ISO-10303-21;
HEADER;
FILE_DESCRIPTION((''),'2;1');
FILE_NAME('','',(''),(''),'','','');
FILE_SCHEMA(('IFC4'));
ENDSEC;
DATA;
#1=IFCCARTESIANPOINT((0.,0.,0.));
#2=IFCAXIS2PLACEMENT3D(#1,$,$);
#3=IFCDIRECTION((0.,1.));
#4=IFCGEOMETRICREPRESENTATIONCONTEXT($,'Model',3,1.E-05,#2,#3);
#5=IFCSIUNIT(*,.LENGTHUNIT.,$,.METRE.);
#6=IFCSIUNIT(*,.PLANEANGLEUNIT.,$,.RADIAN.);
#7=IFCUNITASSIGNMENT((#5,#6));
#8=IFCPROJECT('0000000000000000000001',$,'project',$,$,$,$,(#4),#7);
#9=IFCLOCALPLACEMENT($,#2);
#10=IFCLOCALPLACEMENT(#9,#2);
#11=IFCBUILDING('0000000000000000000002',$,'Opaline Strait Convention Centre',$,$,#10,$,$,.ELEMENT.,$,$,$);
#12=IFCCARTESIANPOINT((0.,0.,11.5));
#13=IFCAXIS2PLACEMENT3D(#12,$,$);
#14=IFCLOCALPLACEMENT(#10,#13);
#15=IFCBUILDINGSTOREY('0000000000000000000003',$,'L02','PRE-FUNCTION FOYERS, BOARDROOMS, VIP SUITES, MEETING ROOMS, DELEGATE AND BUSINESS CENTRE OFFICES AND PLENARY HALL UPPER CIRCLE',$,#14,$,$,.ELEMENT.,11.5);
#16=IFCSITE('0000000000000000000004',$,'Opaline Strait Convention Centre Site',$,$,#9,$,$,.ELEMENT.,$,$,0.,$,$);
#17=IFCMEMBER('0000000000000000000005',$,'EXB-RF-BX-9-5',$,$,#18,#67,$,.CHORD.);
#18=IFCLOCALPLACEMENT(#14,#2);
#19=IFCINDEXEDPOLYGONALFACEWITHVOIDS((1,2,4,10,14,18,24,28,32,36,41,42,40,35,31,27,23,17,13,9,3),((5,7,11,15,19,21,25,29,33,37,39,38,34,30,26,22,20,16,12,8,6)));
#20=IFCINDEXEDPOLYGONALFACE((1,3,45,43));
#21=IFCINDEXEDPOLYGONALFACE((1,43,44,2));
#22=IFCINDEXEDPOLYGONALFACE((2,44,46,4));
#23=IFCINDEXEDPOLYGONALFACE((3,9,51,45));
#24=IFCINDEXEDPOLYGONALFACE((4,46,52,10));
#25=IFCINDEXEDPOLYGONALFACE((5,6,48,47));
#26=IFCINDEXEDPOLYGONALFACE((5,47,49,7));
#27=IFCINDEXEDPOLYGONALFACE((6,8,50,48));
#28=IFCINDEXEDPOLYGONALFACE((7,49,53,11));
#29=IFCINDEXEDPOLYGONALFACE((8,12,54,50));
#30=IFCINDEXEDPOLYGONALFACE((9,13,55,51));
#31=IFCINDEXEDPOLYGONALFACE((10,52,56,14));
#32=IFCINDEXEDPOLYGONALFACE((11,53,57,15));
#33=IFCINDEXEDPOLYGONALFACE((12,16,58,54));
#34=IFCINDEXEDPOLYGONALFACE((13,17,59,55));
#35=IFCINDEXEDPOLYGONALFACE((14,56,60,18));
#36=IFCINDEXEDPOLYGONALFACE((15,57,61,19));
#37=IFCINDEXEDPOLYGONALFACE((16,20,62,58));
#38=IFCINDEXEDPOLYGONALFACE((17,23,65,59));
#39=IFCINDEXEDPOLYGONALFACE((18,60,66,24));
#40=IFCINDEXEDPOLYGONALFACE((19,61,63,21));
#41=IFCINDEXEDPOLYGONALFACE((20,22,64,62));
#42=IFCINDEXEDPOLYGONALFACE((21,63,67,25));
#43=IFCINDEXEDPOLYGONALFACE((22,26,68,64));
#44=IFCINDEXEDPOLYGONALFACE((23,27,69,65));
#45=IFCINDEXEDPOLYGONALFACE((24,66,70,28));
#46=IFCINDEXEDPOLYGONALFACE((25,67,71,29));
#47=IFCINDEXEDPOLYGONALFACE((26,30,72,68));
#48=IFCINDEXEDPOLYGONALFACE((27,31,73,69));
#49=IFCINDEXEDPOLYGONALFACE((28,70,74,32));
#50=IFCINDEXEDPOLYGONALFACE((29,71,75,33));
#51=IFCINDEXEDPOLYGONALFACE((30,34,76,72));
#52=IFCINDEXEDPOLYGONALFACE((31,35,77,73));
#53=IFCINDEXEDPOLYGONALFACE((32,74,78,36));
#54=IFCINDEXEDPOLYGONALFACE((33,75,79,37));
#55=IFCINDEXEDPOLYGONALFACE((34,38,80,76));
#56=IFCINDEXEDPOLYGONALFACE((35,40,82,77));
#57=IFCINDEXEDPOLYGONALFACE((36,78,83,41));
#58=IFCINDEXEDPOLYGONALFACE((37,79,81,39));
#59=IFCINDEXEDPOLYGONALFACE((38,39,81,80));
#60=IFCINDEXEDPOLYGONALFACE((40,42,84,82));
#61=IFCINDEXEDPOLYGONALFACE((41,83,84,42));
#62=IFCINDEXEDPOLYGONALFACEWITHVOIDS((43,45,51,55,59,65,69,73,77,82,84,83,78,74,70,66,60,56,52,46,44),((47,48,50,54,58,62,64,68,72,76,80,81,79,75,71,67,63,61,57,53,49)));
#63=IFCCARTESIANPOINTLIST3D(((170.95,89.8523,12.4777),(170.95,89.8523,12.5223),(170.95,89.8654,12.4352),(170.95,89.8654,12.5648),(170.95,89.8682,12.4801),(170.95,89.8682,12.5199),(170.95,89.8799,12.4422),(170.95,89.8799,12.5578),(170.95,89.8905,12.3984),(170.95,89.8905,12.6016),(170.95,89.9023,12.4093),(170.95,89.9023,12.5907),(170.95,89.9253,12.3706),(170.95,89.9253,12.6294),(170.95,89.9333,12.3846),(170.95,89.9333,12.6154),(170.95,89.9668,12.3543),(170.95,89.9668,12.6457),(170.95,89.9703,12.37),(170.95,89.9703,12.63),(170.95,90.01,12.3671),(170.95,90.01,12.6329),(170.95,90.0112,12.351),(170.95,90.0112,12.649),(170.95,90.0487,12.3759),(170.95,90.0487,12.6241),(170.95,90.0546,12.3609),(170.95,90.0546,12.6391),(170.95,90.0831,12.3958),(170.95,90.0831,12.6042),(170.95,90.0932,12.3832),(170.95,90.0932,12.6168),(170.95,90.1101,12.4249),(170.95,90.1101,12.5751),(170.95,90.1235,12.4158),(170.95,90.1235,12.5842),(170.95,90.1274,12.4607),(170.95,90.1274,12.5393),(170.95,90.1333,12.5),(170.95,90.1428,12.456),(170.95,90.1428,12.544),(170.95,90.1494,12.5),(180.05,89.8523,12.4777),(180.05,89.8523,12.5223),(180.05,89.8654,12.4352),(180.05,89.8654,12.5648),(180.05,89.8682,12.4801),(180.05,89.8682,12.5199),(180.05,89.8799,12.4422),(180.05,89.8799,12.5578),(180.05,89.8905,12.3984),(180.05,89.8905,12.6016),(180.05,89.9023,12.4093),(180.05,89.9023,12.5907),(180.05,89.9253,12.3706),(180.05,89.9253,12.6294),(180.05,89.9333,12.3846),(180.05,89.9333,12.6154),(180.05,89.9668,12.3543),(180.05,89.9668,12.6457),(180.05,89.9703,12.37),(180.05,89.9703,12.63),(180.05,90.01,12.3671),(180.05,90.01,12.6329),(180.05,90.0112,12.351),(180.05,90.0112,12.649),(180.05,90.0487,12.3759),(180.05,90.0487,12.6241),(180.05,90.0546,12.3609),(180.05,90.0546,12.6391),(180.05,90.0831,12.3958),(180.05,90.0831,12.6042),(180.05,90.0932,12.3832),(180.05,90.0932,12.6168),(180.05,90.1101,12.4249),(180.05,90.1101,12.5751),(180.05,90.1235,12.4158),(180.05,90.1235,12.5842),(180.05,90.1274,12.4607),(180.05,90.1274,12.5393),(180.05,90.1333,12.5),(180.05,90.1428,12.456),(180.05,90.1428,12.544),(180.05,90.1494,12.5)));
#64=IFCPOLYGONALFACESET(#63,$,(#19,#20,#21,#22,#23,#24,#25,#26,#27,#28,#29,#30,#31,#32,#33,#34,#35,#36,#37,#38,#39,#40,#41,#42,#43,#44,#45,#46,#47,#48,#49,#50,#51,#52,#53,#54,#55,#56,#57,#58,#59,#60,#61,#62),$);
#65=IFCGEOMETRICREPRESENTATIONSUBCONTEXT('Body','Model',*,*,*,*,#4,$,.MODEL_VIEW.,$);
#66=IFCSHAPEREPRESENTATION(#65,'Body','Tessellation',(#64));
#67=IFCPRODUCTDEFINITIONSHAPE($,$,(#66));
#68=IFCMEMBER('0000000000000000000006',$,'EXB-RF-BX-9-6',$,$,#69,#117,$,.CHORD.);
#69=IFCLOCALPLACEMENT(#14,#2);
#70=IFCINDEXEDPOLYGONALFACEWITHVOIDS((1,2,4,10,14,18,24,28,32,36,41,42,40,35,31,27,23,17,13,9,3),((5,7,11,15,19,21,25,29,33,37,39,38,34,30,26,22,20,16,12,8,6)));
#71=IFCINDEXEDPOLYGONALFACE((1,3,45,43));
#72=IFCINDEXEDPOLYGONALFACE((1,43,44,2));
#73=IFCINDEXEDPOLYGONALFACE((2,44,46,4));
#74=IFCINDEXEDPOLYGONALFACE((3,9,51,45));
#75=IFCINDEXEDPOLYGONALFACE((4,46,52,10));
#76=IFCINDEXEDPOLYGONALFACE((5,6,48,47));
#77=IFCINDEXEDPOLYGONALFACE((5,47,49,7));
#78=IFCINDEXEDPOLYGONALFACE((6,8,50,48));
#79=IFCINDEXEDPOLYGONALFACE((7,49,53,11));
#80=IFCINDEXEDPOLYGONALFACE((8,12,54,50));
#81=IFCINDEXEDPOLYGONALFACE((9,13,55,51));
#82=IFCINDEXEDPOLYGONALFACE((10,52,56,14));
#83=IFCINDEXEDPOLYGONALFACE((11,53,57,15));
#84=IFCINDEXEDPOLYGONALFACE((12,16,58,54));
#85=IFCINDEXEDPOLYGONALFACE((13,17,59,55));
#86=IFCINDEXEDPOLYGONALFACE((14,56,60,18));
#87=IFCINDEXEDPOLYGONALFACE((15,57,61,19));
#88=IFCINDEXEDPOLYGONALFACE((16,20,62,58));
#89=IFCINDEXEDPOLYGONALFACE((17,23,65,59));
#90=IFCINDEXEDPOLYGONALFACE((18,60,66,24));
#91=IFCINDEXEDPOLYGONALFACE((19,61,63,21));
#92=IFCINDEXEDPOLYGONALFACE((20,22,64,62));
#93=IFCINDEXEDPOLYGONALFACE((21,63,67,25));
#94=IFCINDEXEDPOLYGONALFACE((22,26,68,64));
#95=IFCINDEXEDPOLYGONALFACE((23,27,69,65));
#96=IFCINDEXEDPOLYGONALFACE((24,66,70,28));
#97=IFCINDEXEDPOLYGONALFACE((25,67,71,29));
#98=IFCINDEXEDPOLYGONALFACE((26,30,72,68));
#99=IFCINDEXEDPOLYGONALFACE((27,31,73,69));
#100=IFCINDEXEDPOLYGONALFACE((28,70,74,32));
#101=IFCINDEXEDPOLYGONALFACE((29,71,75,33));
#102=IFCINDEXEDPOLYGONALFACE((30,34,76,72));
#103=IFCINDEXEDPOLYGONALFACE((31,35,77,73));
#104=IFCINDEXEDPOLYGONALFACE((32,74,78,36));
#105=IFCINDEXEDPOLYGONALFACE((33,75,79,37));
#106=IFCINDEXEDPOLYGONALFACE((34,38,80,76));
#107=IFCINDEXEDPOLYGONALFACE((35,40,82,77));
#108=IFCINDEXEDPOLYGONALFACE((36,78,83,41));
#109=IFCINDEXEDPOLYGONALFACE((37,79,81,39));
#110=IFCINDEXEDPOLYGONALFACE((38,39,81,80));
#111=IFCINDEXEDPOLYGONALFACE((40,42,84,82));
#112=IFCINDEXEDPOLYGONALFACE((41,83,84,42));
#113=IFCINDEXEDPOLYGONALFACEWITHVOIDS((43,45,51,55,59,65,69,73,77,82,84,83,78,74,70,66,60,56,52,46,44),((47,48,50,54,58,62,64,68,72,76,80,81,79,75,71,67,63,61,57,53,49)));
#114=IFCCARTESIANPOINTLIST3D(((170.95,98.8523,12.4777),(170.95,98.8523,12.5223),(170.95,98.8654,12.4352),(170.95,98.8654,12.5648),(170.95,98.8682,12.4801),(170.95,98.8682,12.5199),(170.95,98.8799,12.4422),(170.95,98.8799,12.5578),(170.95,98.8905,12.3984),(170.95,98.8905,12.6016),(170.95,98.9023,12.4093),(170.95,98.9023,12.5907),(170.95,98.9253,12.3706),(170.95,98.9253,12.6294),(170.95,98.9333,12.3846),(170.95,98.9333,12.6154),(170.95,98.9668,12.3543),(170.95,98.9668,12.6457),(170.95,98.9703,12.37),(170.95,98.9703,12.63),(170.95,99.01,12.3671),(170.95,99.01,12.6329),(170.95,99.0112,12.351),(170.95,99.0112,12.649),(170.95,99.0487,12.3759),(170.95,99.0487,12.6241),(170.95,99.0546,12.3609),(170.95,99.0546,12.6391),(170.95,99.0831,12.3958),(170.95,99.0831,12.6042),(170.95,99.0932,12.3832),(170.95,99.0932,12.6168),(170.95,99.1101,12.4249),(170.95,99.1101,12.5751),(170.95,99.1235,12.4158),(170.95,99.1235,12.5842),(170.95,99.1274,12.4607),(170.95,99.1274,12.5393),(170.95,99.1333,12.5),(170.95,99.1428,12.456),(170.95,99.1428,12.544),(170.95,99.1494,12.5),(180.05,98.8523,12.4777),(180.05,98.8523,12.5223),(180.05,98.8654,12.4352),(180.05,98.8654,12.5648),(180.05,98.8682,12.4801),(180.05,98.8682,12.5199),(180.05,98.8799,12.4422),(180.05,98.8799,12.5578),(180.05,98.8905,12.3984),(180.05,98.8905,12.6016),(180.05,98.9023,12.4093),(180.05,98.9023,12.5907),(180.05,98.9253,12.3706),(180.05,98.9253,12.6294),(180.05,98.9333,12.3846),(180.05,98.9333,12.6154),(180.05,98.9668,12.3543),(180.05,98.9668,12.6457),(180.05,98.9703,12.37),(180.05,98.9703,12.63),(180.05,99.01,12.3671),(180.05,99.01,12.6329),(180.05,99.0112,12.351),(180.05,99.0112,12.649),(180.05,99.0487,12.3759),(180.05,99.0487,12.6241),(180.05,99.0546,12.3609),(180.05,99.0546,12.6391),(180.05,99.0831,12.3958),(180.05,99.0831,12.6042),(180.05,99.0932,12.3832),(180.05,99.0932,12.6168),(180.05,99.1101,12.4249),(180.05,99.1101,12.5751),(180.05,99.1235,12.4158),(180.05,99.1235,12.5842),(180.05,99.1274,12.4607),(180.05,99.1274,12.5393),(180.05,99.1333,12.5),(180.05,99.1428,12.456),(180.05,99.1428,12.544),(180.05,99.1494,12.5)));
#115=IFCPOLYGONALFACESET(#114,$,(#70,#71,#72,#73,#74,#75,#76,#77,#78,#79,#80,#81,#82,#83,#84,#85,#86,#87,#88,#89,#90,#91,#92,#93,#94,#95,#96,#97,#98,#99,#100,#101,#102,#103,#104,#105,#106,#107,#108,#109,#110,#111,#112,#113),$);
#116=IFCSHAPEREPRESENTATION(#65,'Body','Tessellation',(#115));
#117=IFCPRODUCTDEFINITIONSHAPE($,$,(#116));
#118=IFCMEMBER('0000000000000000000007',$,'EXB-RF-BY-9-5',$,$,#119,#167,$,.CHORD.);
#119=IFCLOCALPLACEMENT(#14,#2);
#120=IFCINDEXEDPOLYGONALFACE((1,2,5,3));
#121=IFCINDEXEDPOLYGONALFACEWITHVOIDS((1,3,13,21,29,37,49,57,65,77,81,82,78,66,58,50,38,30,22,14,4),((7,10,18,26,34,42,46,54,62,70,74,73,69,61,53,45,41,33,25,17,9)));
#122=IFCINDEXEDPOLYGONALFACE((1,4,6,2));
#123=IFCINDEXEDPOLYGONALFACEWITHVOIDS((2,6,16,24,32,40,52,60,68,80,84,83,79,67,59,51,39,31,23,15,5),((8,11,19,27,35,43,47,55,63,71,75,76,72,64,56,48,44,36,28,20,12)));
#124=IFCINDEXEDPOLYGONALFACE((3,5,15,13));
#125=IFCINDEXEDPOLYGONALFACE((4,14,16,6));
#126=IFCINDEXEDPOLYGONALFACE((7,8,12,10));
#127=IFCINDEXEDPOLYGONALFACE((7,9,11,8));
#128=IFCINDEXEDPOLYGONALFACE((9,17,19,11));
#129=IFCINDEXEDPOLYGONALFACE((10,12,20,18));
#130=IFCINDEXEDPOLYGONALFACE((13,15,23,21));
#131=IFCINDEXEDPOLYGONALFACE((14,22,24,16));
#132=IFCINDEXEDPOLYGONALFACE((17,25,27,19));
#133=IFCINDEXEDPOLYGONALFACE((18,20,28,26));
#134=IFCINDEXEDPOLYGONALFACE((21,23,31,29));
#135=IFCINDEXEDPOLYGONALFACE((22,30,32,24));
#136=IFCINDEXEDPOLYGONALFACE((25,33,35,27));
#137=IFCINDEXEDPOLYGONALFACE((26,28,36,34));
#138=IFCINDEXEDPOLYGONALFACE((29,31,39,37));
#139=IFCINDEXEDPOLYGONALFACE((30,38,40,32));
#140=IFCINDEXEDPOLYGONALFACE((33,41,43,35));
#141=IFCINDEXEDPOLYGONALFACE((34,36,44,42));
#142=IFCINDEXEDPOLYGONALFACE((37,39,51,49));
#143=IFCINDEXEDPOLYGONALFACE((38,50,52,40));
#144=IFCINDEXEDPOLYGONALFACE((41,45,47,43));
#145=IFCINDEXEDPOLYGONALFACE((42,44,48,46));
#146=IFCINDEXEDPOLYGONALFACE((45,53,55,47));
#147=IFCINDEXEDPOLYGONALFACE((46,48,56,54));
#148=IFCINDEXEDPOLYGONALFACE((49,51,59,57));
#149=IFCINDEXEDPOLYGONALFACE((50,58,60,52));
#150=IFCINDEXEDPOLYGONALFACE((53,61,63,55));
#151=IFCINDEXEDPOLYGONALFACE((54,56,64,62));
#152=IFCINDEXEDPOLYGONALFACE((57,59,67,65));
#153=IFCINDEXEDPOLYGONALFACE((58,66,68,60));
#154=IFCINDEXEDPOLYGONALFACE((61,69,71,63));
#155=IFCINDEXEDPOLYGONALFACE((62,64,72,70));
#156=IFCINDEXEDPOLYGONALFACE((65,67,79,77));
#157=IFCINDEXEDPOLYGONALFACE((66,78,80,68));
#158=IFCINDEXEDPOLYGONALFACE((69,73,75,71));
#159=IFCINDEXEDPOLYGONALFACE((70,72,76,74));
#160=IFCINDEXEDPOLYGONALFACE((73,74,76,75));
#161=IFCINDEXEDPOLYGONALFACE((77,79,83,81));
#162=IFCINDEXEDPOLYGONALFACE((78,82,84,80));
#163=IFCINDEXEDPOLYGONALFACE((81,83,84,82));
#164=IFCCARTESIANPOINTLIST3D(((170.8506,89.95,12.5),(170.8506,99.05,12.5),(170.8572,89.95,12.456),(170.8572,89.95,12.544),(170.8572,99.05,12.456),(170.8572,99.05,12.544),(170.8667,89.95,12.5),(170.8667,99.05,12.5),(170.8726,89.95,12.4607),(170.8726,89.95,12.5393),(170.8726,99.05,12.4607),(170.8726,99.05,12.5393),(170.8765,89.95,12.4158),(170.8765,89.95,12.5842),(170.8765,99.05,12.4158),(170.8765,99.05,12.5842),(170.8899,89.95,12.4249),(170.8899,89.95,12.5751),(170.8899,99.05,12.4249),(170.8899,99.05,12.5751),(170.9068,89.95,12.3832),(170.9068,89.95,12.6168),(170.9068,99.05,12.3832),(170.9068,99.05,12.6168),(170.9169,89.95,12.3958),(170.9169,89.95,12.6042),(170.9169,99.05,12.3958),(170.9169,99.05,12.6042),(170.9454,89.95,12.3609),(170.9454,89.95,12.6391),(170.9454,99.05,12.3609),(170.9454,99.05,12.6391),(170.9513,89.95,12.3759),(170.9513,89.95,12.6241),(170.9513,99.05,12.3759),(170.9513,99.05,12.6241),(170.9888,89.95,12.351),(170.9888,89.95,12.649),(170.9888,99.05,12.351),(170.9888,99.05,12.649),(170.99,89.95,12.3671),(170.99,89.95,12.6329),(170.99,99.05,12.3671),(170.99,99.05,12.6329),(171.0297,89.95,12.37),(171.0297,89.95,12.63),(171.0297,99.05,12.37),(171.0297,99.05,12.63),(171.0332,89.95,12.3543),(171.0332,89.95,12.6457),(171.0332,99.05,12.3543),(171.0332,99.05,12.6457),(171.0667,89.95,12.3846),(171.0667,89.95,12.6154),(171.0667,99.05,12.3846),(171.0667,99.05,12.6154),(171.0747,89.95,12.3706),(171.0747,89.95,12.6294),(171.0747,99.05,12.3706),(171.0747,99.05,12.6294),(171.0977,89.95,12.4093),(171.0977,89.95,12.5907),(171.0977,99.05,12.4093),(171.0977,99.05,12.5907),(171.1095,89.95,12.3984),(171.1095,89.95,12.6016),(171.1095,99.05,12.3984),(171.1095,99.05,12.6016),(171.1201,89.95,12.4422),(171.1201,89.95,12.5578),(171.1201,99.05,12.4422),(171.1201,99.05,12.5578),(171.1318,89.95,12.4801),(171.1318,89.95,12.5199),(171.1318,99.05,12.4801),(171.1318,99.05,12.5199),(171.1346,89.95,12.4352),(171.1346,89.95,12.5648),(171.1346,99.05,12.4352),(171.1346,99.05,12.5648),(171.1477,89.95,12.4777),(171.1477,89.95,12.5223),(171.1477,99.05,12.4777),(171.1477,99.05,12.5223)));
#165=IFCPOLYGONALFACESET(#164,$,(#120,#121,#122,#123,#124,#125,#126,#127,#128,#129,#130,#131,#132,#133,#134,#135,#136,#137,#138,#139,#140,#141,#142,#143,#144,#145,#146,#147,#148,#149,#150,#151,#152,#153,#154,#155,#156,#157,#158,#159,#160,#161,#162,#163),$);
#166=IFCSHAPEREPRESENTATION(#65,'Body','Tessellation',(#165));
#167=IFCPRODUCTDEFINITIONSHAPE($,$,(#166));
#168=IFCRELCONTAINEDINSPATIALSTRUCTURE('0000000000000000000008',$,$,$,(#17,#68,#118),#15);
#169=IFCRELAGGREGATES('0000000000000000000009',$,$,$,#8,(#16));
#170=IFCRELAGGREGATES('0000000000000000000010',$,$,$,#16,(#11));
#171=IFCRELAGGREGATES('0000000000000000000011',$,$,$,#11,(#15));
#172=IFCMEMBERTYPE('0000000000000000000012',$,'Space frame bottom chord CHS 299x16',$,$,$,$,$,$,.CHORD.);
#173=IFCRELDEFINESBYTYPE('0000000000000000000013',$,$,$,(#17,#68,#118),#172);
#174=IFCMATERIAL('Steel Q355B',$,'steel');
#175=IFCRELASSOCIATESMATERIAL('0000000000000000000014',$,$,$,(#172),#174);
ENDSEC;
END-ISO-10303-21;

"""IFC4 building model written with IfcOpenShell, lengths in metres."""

from ifc_helpers import new_model, si_unit, direction, frame, origin, origin_2d, place, context, subcontext, project, spatial, hollow_circle, extrude, material, material_profile, profile_set, type_object, element, save


model = new_model("IFC4")

# Units and contexts
model_context = context("Model", 3, precision=1e-05, world=origin(), true_north=direction((0.0, 1.0)))
body_context = subcontext(model_context, "Body", "Model", "MODEL_VIEW")
ifc_project = project(units=[si_unit("LENGTHUNIT", "METRE"), si_unit("PLANEANGLEUNIT", "RADIAN")], contexts=[model_context])

# Site, building, storey
site_placement = place(None, origin())
site = spatial("IfcSite", under=ifc_project, at=site_placement, Name="Opaline Strait Convention Centre Site", CompositionType="ELEMENT", RefElevation=0.0)
building_placement = place(site_placement, origin())
building = spatial("IfcBuilding", under=site, at=building_placement, Name="Opaline Strait Convention Centre", CompositionType="ELEMENT")
storey_placement = place(building_placement, frame((0.0, 0.0, 11.5)))
storey = spatial("IfcBuildingStorey", under=building, at=storey_placement, Name="L02", Description="PRE-FUNCTION FOYERS, BOARDROOMS, VIP SUITES, MEETING ROOMS, DELEGATE AND BUSINESS CENTRE OFFICES AND PLENARY HALL UPPER CIRCLE", CompositionType="ELEMENT", Elevation=11.5)

# Members
ifc_material = material(Name="Steel Q355B", Category="steel")
ifc_material_profile_1 = material_profile(ifc_material, hollow_circle(Radius=0.1494, WallThickness=0.0161, at=origin_2d()), Name="CHS 299x16")
ifc_profile_set_1 = profile_set([ifc_material_profile_1], Name="Steel Q355B")
member_type_1 = type_object("IfcMemberType", Name="Space frame bottom chord CHS 299x16", PredefinedType="CHORD", material=ifc_profile_set_1)
for number, where, z_axis, x_axis, name in (
    (1, (170.95, 90.0, 12.5), (1.0, 0.0, 0.0), (0.0, 1.0, 0.0), "EXB-RF-BX-9-5"),
    (2, (170.95, 99.0, 12.5), (1.0, 0.0, 0.0), (0.0, 1.0, 0.0), "EXB-RF-BX-9-6"),
    (3, (171.0, 89.95, 12.5), (0.0, 1.0, 0.0), (-1.0, 0.0, 0.0), "EXB-RF-BY-9-5"),
):
    element("IfcMember", number, at=place(storey_placement, frame(where, z_axis=z_axis, x_axis=x_axis)), inside=storey, type_object=member_type_1, Name=name, PredefinedType="CHORD", context=body_context, shape_type="SweptSolid", body=[
        extrude(hollow_circle(Radius=0.1494, WallThickness=0.0161, at=origin_2d()), origin(), (0.0, 0.0, 1.0), 9.1001),
    ])

save(model, "model.ifc")
